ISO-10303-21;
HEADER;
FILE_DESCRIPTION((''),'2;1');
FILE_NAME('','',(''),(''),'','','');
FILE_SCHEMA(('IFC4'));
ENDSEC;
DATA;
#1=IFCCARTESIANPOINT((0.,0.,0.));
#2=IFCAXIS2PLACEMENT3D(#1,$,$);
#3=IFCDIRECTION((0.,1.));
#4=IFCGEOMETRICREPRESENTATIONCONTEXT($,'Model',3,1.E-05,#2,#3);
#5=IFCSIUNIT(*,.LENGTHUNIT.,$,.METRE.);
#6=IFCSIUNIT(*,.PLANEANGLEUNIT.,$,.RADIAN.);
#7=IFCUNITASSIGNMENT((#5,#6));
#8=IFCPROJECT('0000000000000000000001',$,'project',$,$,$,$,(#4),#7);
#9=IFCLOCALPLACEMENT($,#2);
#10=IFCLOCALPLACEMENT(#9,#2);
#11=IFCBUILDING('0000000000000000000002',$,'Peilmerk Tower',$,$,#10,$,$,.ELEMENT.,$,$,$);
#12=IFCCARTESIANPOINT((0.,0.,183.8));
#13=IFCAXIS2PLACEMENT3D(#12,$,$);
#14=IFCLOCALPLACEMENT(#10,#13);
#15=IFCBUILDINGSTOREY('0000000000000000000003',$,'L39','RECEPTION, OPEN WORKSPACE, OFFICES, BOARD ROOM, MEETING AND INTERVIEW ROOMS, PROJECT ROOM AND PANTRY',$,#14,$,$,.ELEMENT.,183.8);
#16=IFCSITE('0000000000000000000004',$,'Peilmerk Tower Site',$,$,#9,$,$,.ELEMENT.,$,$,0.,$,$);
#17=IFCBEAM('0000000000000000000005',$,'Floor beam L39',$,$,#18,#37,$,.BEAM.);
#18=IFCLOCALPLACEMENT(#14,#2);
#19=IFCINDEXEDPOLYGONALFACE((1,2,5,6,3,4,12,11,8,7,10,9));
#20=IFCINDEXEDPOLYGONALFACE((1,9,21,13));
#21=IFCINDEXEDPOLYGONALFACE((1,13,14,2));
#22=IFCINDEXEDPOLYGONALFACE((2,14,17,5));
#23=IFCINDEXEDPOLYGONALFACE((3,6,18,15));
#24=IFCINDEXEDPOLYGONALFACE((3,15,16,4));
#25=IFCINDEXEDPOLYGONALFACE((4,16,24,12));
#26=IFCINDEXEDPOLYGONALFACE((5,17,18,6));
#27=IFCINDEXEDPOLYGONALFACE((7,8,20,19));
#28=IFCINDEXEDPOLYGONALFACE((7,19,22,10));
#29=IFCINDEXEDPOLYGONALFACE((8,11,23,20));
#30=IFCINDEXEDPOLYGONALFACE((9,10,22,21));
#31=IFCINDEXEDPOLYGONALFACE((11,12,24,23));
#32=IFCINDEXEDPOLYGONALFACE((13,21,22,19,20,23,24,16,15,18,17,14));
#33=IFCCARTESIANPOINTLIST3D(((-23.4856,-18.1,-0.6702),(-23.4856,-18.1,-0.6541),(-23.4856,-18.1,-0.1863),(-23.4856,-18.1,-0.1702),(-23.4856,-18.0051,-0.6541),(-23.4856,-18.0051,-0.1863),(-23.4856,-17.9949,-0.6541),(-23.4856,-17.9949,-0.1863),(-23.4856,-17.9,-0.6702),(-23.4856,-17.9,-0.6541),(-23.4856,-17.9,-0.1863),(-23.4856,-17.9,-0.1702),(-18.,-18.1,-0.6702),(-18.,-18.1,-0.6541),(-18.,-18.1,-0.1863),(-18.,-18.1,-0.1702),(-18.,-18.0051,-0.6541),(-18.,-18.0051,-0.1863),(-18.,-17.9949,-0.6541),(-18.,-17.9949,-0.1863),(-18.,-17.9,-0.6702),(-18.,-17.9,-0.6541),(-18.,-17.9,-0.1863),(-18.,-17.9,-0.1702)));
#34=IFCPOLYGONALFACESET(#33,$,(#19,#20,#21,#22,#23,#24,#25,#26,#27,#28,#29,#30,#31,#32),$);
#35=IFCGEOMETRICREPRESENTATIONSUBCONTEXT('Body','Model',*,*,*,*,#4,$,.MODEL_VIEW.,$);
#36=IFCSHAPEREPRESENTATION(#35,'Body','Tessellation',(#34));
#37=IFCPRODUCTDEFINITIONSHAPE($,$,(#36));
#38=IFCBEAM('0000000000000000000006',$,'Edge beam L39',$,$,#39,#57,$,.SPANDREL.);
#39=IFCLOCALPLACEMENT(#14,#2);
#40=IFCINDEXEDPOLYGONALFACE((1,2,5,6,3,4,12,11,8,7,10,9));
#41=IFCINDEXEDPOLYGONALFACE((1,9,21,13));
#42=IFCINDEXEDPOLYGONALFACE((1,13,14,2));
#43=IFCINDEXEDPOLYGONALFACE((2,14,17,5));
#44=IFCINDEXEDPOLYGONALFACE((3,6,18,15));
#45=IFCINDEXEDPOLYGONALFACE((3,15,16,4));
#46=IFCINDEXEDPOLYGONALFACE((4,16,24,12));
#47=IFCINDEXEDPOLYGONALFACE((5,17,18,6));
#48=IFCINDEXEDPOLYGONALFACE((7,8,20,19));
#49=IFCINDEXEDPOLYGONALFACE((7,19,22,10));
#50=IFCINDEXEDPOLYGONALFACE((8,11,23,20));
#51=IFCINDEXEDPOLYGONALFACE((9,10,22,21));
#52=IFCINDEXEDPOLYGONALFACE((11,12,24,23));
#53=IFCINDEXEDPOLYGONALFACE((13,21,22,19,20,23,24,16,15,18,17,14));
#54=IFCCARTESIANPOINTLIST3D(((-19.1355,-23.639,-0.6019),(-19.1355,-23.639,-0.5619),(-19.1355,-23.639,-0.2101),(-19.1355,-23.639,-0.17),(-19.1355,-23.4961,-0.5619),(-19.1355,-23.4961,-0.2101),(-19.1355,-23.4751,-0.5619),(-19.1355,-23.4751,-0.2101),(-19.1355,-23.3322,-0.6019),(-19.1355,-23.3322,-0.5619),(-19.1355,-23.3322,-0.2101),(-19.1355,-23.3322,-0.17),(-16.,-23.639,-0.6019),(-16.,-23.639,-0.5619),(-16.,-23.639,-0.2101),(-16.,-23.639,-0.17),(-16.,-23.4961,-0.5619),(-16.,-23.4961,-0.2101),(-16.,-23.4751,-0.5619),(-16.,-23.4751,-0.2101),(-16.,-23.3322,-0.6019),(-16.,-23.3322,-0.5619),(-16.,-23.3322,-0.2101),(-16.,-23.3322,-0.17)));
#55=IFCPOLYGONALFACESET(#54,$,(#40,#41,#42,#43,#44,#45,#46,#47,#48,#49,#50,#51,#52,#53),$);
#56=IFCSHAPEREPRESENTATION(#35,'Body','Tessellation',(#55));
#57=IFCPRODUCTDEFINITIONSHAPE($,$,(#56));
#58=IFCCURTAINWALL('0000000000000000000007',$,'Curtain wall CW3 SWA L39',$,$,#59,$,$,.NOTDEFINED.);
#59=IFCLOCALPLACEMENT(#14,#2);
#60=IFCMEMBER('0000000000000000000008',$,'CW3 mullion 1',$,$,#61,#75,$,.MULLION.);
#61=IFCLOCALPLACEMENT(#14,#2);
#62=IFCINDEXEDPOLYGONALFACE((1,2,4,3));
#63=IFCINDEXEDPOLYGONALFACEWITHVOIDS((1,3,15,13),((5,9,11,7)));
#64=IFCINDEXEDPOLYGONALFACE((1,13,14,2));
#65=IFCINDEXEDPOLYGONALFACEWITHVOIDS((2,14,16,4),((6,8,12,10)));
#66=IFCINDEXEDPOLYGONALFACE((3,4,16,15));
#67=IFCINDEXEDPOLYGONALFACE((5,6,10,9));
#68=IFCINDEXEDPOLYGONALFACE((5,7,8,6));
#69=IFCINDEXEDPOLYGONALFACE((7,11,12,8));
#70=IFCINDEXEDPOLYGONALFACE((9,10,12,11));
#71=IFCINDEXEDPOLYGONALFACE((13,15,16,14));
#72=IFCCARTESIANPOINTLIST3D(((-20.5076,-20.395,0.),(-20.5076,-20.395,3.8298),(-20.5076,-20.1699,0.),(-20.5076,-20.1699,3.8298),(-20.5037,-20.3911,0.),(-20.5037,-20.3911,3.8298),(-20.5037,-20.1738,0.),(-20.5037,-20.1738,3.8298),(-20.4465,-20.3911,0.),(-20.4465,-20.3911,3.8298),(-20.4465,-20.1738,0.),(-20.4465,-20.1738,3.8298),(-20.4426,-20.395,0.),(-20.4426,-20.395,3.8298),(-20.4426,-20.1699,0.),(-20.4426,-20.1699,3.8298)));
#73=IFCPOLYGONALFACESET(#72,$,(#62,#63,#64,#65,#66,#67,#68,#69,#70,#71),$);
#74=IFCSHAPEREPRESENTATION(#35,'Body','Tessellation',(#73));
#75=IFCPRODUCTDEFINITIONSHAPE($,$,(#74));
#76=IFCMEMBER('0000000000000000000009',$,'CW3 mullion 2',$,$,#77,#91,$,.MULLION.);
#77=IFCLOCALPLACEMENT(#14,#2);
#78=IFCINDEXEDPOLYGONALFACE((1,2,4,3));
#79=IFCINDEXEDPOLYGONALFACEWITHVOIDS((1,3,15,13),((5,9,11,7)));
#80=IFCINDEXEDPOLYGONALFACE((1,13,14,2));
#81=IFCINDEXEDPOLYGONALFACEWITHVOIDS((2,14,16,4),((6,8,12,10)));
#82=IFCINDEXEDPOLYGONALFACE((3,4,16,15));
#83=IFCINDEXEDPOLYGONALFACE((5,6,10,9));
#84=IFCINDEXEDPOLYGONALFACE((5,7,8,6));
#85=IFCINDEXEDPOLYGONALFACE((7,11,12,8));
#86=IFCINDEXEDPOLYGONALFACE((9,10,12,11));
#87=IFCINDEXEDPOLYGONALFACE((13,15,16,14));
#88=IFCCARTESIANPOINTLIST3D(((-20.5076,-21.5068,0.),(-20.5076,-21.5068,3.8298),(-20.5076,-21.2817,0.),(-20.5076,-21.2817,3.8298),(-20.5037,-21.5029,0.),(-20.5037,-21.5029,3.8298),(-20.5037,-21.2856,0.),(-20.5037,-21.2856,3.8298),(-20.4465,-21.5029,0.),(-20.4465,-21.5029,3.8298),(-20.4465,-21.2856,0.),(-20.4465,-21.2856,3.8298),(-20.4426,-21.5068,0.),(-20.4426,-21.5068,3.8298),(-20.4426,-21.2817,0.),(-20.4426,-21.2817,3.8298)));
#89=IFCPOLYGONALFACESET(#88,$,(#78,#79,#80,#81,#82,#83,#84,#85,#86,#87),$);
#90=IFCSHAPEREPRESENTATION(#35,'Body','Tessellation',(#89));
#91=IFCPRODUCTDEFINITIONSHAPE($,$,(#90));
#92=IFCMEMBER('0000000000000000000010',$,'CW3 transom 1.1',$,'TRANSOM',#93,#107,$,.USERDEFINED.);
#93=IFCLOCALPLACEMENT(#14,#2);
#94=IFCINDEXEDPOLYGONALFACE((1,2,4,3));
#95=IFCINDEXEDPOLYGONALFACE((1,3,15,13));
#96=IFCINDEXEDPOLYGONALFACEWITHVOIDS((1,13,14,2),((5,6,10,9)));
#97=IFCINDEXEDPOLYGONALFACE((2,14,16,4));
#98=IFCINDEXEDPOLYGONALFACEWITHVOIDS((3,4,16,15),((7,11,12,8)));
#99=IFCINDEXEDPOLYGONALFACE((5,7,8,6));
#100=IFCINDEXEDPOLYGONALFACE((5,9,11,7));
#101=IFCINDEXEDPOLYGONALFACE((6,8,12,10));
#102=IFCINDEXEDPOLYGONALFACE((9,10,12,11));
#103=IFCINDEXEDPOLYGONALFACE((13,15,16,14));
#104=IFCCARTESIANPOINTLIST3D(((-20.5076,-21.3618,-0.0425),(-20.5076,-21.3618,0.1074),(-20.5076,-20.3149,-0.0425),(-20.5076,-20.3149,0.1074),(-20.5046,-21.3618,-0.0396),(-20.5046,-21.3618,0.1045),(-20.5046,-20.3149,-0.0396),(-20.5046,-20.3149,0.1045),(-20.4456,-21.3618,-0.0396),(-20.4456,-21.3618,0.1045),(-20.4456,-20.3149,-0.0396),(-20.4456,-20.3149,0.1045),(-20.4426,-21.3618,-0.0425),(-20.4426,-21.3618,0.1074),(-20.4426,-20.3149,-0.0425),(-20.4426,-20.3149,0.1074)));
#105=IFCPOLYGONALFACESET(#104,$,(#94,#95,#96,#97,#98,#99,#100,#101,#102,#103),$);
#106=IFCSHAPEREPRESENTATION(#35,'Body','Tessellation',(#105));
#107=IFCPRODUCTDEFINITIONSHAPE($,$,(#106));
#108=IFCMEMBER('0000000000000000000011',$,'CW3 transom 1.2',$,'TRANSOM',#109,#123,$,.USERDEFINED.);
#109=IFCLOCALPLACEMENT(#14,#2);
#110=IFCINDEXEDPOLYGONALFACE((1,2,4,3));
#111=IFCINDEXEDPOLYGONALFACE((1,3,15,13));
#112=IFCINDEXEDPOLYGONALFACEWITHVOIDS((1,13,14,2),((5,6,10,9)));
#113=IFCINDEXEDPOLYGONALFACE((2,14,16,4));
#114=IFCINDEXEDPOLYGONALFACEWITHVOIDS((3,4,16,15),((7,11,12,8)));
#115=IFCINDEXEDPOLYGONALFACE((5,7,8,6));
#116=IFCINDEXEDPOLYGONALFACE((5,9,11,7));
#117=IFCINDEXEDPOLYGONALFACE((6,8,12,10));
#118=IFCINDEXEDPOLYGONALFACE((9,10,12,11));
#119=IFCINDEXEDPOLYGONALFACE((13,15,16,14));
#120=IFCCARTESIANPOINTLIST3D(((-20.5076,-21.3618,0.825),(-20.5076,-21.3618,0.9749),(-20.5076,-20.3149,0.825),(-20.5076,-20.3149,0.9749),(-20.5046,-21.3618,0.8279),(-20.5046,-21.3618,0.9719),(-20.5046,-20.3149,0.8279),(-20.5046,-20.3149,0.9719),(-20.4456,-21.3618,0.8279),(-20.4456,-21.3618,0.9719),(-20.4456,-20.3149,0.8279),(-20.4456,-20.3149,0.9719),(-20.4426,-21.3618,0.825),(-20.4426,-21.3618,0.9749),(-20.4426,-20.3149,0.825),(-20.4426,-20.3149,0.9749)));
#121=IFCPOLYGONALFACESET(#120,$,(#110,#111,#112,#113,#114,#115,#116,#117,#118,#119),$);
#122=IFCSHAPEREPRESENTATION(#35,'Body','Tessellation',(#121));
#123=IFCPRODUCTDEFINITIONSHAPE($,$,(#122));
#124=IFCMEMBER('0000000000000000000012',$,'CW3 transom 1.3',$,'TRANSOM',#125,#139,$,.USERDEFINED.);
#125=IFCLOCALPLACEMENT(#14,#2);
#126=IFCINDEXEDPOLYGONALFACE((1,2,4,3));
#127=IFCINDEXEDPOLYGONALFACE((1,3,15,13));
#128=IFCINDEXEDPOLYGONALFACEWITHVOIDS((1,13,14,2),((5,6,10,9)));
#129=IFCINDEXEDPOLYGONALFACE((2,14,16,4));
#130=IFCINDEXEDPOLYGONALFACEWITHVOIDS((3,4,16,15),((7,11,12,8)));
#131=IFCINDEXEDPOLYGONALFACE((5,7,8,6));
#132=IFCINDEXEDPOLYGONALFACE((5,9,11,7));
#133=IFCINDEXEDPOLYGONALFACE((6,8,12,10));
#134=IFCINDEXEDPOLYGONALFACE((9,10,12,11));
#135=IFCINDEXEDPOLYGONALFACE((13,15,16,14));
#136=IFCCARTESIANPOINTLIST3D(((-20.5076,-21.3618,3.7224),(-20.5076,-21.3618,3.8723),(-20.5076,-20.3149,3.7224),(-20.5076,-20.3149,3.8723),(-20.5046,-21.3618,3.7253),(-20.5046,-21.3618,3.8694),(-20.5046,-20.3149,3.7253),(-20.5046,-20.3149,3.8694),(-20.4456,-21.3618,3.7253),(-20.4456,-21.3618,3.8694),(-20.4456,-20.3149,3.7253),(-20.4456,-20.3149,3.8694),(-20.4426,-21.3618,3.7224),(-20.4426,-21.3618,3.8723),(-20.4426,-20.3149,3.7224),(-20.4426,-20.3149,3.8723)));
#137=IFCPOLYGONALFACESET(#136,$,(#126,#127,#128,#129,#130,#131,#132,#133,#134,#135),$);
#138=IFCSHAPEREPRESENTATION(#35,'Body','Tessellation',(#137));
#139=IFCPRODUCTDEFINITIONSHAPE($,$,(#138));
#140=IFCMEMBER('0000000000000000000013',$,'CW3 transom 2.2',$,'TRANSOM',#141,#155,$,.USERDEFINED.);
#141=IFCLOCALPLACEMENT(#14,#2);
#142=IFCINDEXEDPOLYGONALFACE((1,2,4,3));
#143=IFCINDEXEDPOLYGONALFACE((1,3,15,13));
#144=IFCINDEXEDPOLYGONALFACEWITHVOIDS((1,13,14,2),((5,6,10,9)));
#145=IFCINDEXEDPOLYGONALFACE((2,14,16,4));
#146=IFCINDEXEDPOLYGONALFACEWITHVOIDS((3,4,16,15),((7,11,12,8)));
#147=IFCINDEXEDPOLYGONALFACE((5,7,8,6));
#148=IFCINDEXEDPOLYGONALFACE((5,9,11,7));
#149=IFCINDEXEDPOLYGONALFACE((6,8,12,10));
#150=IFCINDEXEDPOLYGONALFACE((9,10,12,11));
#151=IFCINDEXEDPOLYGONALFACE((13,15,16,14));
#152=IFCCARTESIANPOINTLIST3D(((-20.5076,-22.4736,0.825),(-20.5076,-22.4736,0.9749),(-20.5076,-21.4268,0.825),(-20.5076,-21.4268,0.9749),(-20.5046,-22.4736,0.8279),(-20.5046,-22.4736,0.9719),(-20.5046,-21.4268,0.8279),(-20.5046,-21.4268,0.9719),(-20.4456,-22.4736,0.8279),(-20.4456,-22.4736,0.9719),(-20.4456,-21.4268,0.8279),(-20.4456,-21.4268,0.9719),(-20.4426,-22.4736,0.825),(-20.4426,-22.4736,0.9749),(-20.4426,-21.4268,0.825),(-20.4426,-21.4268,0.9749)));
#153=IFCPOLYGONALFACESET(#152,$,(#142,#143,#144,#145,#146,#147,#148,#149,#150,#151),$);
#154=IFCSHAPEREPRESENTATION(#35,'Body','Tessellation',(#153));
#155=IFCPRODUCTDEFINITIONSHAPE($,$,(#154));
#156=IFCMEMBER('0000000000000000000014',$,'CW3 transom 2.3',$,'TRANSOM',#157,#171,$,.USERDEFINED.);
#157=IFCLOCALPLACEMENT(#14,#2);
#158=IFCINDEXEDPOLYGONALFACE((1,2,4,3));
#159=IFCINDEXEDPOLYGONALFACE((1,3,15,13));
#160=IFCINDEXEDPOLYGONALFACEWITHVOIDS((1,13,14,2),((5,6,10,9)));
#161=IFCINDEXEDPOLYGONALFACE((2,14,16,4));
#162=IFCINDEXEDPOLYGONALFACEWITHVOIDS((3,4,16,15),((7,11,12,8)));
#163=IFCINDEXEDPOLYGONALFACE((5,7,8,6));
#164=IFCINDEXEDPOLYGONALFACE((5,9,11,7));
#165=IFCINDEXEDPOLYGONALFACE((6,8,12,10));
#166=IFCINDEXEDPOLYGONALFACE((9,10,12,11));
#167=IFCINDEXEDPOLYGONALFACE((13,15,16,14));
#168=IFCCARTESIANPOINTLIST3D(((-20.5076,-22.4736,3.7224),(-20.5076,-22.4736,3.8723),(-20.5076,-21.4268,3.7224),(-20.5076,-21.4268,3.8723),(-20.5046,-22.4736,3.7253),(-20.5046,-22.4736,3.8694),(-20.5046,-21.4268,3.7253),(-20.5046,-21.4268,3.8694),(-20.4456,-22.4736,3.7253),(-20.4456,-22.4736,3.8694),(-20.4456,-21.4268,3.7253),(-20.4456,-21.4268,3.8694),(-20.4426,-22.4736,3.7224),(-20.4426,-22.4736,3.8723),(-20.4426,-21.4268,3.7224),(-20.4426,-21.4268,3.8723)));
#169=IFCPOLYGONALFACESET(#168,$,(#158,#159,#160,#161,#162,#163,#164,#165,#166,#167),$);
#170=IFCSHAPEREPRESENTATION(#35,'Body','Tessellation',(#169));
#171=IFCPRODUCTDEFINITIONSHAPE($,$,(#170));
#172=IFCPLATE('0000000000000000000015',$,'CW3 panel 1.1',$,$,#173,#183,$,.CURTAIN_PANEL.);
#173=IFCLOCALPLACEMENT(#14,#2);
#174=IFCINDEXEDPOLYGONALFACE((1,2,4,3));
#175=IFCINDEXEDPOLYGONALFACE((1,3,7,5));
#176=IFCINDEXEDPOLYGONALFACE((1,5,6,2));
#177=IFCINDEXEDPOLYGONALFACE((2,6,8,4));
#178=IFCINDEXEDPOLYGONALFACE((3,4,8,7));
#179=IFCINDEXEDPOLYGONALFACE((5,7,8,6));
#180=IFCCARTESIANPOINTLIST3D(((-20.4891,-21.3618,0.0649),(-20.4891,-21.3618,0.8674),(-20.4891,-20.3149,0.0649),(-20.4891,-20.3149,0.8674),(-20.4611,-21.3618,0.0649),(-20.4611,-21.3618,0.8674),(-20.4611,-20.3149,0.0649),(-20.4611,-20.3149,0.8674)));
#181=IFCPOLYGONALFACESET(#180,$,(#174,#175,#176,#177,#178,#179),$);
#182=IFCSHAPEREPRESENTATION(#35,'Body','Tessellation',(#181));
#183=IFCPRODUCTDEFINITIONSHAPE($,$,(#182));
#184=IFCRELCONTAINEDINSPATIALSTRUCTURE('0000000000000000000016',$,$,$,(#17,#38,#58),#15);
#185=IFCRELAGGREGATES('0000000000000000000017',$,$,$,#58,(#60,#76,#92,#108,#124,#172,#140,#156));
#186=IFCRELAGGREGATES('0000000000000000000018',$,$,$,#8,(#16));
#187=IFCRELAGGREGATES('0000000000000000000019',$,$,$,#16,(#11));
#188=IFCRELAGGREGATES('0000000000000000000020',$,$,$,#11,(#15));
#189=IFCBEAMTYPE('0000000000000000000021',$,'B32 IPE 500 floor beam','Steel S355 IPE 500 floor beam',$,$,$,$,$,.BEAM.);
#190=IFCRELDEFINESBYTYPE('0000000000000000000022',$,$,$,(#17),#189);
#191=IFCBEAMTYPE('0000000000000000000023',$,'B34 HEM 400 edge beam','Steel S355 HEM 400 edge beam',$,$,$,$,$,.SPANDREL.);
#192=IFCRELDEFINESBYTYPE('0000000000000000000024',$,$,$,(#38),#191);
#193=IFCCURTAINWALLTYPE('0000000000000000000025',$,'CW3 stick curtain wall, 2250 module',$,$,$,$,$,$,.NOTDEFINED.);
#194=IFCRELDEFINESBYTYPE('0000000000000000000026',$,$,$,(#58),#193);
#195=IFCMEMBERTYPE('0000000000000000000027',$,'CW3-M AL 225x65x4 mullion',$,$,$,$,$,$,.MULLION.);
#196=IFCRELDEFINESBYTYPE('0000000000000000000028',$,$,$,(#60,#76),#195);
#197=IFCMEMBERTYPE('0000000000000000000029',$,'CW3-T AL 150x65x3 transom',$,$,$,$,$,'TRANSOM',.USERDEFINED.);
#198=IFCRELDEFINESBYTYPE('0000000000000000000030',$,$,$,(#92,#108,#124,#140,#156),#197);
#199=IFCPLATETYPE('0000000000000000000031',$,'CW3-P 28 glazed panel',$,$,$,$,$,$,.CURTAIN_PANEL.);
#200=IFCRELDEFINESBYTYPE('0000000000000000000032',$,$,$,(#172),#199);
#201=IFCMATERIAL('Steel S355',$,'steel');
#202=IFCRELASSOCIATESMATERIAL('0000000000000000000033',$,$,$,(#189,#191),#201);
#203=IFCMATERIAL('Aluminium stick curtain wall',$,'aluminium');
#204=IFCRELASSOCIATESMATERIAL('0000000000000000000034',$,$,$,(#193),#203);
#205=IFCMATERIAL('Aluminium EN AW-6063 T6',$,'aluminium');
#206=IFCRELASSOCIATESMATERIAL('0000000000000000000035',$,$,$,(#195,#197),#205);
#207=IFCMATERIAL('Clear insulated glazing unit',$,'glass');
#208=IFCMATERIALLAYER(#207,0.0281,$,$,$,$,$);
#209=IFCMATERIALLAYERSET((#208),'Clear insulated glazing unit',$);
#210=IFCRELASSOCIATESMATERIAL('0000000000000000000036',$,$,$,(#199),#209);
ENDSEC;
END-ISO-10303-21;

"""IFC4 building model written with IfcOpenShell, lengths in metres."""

from ifc_helpers import new_model, si_unit, direction, frame, origin, origin_2d, place, context, subcontext, project, spatial, rectangle, hollow_rectangle, i_section, extrude, material, layer, layer_set, material_profile, profile_set, type_object, element, aggregate, save


model = new_model("IFC4")

# Units and contexts
model_context = context("Model", 3, precision=1e-05, world=origin(), true_north=direction((0.0, 1.0)))
body_context = subcontext(model_context, "Body", "Model", "MODEL_VIEW")
ifc_project = project(units=[si_unit("LENGTHUNIT", "METRE"), si_unit("PLANEANGLEUNIT", "RADIAN")], contexts=[model_context])

# Site, building, storey
site_placement = place(None, origin())
site = spatial("IfcSite", under=ifc_project, at=site_placement, Name="Peilmerk Tower Site", CompositionType="ELEMENT", RefElevation=0.0)
building_placement = place(site_placement, origin())
building = spatial("IfcBuilding", under=site, at=building_placement, Name="Peilmerk Tower", CompositionType="ELEMENT")
storey_placement = place(building_placement, frame((0.0, 0.0, 183.8)))
storey = spatial("IfcBuildingStorey", under=building, at=storey_placement, Name="L39", Description="RECEPTION, OPEN WORKSPACE, OFFICES, BOARD ROOM, MEETING AND INTERVIEW ROOMS, PROJECT ROOM AND PANTRY", CompositionType="ELEMENT", Elevation=183.8)

# Beams
ifc_material_1 = material(Name="Steel S355", Category="steel")
ifc_material_profile_1 = material_profile(ifc_material_1, i_section(OverallWidth=0.2, OverallDepth=0.5, WebThickness=0.0103, FlangeThickness=0.0161, at=origin_2d()), Name="IPE 500")
ifc_profile_set_1 = profile_set([ifc_material_profile_1], Name="Steel S355")
beam_type_1 = type_object("IfcBeamType", Name="B32 IPE 500 floor beam", Description="Steel S355 IPE 500 floor beam", PredefinedType="BEAM", material=ifc_profile_set_1)
for number, where, z_axis, x_axis, name in (
    (1, (-18.0, -18.0, -0.4202), (-1.0, 0.0, 0.0), (0.0, -1.0, 0.0), "Floor beam L39"),
):
    element("IfcBeam", number, at=place(storey_placement, frame(where, z_axis=z_axis, x_axis=x_axis)), inside=storey, type_object=beam_type_1, Name=name, PredefinedType="BEAM", context=body_context, shape_type="SweptSolid", body=[
        extrude(i_section(OverallWidth=0.2, OverallDepth=0.5, WebThickness=0.0103, FlangeThickness=0.0161, at=origin_2d()), origin(), (0.0, 0.0, 1.0), 5.4856),
    ])
ifc_material_profile_2 = material_profile(ifc_material_1, i_section(OverallWidth=0.3069, OverallDepth=0.4319, WebThickness=0.021, FlangeThickness=0.04, at=origin_2d()), Name="HEM 400")
ifc_profile_set_2 = profile_set([ifc_material_profile_2], Name="Steel S355")
beam_type_2 = type_object("IfcBeamType", Name="B34 HEM 400 edge beam", Description="Steel S355 HEM 400 edge beam", PredefinedType="SPANDREL", material=ifc_profile_set_2)
beam_1_placement = place(storey_placement, frame((-19.1355, -23.4856, -0.386), z_axis=(1.0, 0.0, 0.0), x_axis=(0.0, 1.0, 0.0)))
element("IfcBeam", 2, at=beam_1_placement, inside=storey, type_object=beam_type_2, Name="Edge beam L39", PredefinedType="SPANDREL", context=body_context, shape_type="SweptSolid", body=[
    extrude(i_section(OverallWidth=0.3069, OverallDepth=0.4319, WebThickness=0.021, FlangeThickness=0.04, at=origin_2d()), origin(), (0.0, 0.0, 1.0), 3.1355),
])

# Curtain wall, members, plate
ifc_material_2 = material(Name="Aluminium stick curtain wall", Category="aluminium")
curtain_wall_type = type_object("IfcCurtainWallType", Name="CW3 stick curtain wall, 2250 module", PredefinedType="NOTDEFINED", material=ifc_material_2)
curtain_wall_placement = place(storey_placement, origin())
curtain_wall = element("IfcCurtainWall", 3, at=curtain_wall_placement, inside=storey, type_object=curtain_wall_type, Name="Curtain wall CW3 SWA L39", PredefinedType="NOTDEFINED")
ifc_material_3 = material(Name="Aluminium EN AW-6063 T6", Category="aluminium")
ifc_material_profile_3 = material_profile(ifc_material_3, hollow_rectangle(XDim=0.0649, YDim=0.2251, WallThickness=0.0039, at=origin_2d()), Name="AL 225x65x4")
ifc_profile_set_3 = profile_set([ifc_material_profile_3], Name="Aluminium EN AW-6063 T6")
member_type_1 = type_object("IfcMemberType", Name="CW3-M AL 225x65x4 mullion", PredefinedType="MULLION", material=ifc_profile_set_3)
member_1_placement = place(storey_placement, frame((-20.4751, -20.2825, 0.0), z_axis=(0.0, 0.0, 1.0), x_axis=(1.0, 0.0, 0.0)))
member_1 = element("IfcMember", 4, at=member_1_placement, type_object=member_type_1, Name="CW3 mullion 1", PredefinedType="MULLION", context=body_context, shape_type="SweptSolid", body=[
    extrude(hollow_rectangle(XDim=0.0649, YDim=0.2251, WallThickness=0.0039, at=origin_2d()), origin(), (0.0, 0.0, 1.0), 3.8298),
])
member_2_placement = place(storey_placement, frame((-20.4751, -21.3943, 0.0), z_axis=(0.0, 0.0, 1.0), x_axis=(1.0, 0.0, 0.0)))
member_2 = element("IfcMember", 5, at=member_2_placement, type_object=member_type_1, Name="CW3 mullion 2", PredefinedType="MULLION", context=body_context, shape_type="SweptSolid", body=[
    extrude(hollow_rectangle(XDim=0.0649, YDim=0.2251, WallThickness=0.0039, at=origin_2d()), origin(), (0.0, 0.0, 1.0), 3.8298),
])
ifc_material_profile_4 = material_profile(ifc_material_3, hollow_rectangle(XDim=0.0649, YDim=0.1499, WallThickness=0.0029, at=origin_2d()), Name="AL 150x65x3")
ifc_profile_set_4 = profile_set([ifc_material_profile_4], Name="Aluminium EN AW-6063 T6")
member_type_2 = type_object("IfcMemberType", Name="CW3-T AL 150x65x3 transom", ElementType="TRANSOM", PredefinedType="USERDEFINED", material=ifc_profile_set_4)
member_3_placement = place(storey_placement, frame((-20.4751, -20.3149, 0.0325), z_axis=(0.0, -1.0, 0.0), x_axis=(1.0, 0.0, 0.0)))
member_3 = element("IfcMember", 6, at=member_3_placement, type_object=member_type_2, Name="CW3 transom 1.1", ObjectType="TRANSOM", PredefinedType="USERDEFINED", context=body_context, shape_type="SweptSolid", body=[
    extrude(hollow_rectangle(XDim=0.0649, YDim=0.1499, WallThickness=0.0029, at=origin_2d()), origin(), (0.0, 0.0, 1.0), 1.0469),
])
member_4_placement = place(storey_placement, frame((-20.4751, -20.3149, 0.8999), z_axis=(0.0, -1.0, 0.0), x_axis=(1.0, 0.0, 0.0)))
member_4 = element("IfcMember", 7, at=member_4_placement, type_object=member_type_2, Name="CW3 transom 1.2", ObjectType="TRANSOM", PredefinedType="USERDEFINED", context=body_context, shape_type="SweptSolid", body=[
    extrude(hollow_rectangle(XDim=0.0649, YDim=0.1499, WallThickness=0.0029, at=origin_2d()), origin(), (0.0, 0.0, 1.0), 1.0469),
])
member_5_placement = place(storey_placement, frame((-20.4751, -20.3149, 3.7974), z_axis=(0.0, -1.0, 0.0), x_axis=(1.0, 0.0, 0.0)))
member_5 = element("IfcMember", 8, at=member_5_placement, type_object=member_type_2, Name="CW3 transom 1.3", ObjectType="TRANSOM", PredefinedType="USERDEFINED", context=body_context, shape_type="SweptSolid", body=[
    extrude(hollow_rectangle(XDim=0.0649, YDim=0.1499, WallThickness=0.0029, at=origin_2d()), origin(), (0.0, 0.0, 1.0), 1.0469),
])
member_6_placement = place(storey_placement, frame((-20.4751, -21.4268, 0.8999), z_axis=(0.0, -1.0, 0.0), x_axis=(1.0, 0.0, 0.0)))
member_6 = element("IfcMember", 9, at=member_6_placement, type_object=member_type_2, Name="CW3 transom 2.2", ObjectType="TRANSOM", PredefinedType="USERDEFINED", context=body_context, shape_type="SweptSolid", body=[
    extrude(hollow_rectangle(XDim=0.0649, YDim=0.1499, WallThickness=0.0029, at=origin_2d()), origin(), (0.0, 0.0, 1.0), 1.0469),
])
member_7_placement = place(storey_placement, frame((-20.4751, -21.4268, 3.7974), z_axis=(0.0, -1.0, 0.0), x_axis=(1.0, 0.0, 0.0)))
member_7 = element("IfcMember", 10, at=member_7_placement, type_object=member_type_2, Name="CW3 transom 2.3", ObjectType="TRANSOM", PredefinedType="USERDEFINED", context=body_context, shape_type="SweptSolid", body=[
    extrude(hollow_rectangle(XDim=0.0649, YDim=0.1499, WallThickness=0.0029, at=origin_2d()), origin(), (0.0, 0.0, 1.0), 1.0469),
])
ifc_material_4 = material(Name="Clear insulated glazing unit", Category="glass")
ifc_layer_1 = layer(ifc_material_4, 0.0281)
ifc_layer_set_1 = layer_set([ifc_layer_1], Name="Clear insulated glazing unit")
plate_type = type_object("IfcPlateType", Name="CW3-P 28 glazed panel", PredefinedType="CURTAIN_PANEL", material=ifc_layer_set_1)
plate_1_placement = place(storey_placement, frame((-20.4751, -20.8384, 0.0649), z_axis=(0.0, 0.0, 1.0), x_axis=(0.0, -1.0, 0.0)))
plate_1 = element("IfcPlate", 11, at=plate_1_placement, type_object=plate_type, Name="CW3 panel 1.1", PredefinedType="CURTAIN_PANEL", context=body_context, shape_type="SweptSolid", body=[
    extrude(rectangle(XDim=1.0469, YDim=0.0281, at=origin_2d()), origin(), (0.0, 0.0, 1.0), 0.8025),
])
aggregate(curtain_wall, [member_1, member_2, member_3, member_4, member_5, plate_1, member_6, member_7])

save(model, "model.ifc")
